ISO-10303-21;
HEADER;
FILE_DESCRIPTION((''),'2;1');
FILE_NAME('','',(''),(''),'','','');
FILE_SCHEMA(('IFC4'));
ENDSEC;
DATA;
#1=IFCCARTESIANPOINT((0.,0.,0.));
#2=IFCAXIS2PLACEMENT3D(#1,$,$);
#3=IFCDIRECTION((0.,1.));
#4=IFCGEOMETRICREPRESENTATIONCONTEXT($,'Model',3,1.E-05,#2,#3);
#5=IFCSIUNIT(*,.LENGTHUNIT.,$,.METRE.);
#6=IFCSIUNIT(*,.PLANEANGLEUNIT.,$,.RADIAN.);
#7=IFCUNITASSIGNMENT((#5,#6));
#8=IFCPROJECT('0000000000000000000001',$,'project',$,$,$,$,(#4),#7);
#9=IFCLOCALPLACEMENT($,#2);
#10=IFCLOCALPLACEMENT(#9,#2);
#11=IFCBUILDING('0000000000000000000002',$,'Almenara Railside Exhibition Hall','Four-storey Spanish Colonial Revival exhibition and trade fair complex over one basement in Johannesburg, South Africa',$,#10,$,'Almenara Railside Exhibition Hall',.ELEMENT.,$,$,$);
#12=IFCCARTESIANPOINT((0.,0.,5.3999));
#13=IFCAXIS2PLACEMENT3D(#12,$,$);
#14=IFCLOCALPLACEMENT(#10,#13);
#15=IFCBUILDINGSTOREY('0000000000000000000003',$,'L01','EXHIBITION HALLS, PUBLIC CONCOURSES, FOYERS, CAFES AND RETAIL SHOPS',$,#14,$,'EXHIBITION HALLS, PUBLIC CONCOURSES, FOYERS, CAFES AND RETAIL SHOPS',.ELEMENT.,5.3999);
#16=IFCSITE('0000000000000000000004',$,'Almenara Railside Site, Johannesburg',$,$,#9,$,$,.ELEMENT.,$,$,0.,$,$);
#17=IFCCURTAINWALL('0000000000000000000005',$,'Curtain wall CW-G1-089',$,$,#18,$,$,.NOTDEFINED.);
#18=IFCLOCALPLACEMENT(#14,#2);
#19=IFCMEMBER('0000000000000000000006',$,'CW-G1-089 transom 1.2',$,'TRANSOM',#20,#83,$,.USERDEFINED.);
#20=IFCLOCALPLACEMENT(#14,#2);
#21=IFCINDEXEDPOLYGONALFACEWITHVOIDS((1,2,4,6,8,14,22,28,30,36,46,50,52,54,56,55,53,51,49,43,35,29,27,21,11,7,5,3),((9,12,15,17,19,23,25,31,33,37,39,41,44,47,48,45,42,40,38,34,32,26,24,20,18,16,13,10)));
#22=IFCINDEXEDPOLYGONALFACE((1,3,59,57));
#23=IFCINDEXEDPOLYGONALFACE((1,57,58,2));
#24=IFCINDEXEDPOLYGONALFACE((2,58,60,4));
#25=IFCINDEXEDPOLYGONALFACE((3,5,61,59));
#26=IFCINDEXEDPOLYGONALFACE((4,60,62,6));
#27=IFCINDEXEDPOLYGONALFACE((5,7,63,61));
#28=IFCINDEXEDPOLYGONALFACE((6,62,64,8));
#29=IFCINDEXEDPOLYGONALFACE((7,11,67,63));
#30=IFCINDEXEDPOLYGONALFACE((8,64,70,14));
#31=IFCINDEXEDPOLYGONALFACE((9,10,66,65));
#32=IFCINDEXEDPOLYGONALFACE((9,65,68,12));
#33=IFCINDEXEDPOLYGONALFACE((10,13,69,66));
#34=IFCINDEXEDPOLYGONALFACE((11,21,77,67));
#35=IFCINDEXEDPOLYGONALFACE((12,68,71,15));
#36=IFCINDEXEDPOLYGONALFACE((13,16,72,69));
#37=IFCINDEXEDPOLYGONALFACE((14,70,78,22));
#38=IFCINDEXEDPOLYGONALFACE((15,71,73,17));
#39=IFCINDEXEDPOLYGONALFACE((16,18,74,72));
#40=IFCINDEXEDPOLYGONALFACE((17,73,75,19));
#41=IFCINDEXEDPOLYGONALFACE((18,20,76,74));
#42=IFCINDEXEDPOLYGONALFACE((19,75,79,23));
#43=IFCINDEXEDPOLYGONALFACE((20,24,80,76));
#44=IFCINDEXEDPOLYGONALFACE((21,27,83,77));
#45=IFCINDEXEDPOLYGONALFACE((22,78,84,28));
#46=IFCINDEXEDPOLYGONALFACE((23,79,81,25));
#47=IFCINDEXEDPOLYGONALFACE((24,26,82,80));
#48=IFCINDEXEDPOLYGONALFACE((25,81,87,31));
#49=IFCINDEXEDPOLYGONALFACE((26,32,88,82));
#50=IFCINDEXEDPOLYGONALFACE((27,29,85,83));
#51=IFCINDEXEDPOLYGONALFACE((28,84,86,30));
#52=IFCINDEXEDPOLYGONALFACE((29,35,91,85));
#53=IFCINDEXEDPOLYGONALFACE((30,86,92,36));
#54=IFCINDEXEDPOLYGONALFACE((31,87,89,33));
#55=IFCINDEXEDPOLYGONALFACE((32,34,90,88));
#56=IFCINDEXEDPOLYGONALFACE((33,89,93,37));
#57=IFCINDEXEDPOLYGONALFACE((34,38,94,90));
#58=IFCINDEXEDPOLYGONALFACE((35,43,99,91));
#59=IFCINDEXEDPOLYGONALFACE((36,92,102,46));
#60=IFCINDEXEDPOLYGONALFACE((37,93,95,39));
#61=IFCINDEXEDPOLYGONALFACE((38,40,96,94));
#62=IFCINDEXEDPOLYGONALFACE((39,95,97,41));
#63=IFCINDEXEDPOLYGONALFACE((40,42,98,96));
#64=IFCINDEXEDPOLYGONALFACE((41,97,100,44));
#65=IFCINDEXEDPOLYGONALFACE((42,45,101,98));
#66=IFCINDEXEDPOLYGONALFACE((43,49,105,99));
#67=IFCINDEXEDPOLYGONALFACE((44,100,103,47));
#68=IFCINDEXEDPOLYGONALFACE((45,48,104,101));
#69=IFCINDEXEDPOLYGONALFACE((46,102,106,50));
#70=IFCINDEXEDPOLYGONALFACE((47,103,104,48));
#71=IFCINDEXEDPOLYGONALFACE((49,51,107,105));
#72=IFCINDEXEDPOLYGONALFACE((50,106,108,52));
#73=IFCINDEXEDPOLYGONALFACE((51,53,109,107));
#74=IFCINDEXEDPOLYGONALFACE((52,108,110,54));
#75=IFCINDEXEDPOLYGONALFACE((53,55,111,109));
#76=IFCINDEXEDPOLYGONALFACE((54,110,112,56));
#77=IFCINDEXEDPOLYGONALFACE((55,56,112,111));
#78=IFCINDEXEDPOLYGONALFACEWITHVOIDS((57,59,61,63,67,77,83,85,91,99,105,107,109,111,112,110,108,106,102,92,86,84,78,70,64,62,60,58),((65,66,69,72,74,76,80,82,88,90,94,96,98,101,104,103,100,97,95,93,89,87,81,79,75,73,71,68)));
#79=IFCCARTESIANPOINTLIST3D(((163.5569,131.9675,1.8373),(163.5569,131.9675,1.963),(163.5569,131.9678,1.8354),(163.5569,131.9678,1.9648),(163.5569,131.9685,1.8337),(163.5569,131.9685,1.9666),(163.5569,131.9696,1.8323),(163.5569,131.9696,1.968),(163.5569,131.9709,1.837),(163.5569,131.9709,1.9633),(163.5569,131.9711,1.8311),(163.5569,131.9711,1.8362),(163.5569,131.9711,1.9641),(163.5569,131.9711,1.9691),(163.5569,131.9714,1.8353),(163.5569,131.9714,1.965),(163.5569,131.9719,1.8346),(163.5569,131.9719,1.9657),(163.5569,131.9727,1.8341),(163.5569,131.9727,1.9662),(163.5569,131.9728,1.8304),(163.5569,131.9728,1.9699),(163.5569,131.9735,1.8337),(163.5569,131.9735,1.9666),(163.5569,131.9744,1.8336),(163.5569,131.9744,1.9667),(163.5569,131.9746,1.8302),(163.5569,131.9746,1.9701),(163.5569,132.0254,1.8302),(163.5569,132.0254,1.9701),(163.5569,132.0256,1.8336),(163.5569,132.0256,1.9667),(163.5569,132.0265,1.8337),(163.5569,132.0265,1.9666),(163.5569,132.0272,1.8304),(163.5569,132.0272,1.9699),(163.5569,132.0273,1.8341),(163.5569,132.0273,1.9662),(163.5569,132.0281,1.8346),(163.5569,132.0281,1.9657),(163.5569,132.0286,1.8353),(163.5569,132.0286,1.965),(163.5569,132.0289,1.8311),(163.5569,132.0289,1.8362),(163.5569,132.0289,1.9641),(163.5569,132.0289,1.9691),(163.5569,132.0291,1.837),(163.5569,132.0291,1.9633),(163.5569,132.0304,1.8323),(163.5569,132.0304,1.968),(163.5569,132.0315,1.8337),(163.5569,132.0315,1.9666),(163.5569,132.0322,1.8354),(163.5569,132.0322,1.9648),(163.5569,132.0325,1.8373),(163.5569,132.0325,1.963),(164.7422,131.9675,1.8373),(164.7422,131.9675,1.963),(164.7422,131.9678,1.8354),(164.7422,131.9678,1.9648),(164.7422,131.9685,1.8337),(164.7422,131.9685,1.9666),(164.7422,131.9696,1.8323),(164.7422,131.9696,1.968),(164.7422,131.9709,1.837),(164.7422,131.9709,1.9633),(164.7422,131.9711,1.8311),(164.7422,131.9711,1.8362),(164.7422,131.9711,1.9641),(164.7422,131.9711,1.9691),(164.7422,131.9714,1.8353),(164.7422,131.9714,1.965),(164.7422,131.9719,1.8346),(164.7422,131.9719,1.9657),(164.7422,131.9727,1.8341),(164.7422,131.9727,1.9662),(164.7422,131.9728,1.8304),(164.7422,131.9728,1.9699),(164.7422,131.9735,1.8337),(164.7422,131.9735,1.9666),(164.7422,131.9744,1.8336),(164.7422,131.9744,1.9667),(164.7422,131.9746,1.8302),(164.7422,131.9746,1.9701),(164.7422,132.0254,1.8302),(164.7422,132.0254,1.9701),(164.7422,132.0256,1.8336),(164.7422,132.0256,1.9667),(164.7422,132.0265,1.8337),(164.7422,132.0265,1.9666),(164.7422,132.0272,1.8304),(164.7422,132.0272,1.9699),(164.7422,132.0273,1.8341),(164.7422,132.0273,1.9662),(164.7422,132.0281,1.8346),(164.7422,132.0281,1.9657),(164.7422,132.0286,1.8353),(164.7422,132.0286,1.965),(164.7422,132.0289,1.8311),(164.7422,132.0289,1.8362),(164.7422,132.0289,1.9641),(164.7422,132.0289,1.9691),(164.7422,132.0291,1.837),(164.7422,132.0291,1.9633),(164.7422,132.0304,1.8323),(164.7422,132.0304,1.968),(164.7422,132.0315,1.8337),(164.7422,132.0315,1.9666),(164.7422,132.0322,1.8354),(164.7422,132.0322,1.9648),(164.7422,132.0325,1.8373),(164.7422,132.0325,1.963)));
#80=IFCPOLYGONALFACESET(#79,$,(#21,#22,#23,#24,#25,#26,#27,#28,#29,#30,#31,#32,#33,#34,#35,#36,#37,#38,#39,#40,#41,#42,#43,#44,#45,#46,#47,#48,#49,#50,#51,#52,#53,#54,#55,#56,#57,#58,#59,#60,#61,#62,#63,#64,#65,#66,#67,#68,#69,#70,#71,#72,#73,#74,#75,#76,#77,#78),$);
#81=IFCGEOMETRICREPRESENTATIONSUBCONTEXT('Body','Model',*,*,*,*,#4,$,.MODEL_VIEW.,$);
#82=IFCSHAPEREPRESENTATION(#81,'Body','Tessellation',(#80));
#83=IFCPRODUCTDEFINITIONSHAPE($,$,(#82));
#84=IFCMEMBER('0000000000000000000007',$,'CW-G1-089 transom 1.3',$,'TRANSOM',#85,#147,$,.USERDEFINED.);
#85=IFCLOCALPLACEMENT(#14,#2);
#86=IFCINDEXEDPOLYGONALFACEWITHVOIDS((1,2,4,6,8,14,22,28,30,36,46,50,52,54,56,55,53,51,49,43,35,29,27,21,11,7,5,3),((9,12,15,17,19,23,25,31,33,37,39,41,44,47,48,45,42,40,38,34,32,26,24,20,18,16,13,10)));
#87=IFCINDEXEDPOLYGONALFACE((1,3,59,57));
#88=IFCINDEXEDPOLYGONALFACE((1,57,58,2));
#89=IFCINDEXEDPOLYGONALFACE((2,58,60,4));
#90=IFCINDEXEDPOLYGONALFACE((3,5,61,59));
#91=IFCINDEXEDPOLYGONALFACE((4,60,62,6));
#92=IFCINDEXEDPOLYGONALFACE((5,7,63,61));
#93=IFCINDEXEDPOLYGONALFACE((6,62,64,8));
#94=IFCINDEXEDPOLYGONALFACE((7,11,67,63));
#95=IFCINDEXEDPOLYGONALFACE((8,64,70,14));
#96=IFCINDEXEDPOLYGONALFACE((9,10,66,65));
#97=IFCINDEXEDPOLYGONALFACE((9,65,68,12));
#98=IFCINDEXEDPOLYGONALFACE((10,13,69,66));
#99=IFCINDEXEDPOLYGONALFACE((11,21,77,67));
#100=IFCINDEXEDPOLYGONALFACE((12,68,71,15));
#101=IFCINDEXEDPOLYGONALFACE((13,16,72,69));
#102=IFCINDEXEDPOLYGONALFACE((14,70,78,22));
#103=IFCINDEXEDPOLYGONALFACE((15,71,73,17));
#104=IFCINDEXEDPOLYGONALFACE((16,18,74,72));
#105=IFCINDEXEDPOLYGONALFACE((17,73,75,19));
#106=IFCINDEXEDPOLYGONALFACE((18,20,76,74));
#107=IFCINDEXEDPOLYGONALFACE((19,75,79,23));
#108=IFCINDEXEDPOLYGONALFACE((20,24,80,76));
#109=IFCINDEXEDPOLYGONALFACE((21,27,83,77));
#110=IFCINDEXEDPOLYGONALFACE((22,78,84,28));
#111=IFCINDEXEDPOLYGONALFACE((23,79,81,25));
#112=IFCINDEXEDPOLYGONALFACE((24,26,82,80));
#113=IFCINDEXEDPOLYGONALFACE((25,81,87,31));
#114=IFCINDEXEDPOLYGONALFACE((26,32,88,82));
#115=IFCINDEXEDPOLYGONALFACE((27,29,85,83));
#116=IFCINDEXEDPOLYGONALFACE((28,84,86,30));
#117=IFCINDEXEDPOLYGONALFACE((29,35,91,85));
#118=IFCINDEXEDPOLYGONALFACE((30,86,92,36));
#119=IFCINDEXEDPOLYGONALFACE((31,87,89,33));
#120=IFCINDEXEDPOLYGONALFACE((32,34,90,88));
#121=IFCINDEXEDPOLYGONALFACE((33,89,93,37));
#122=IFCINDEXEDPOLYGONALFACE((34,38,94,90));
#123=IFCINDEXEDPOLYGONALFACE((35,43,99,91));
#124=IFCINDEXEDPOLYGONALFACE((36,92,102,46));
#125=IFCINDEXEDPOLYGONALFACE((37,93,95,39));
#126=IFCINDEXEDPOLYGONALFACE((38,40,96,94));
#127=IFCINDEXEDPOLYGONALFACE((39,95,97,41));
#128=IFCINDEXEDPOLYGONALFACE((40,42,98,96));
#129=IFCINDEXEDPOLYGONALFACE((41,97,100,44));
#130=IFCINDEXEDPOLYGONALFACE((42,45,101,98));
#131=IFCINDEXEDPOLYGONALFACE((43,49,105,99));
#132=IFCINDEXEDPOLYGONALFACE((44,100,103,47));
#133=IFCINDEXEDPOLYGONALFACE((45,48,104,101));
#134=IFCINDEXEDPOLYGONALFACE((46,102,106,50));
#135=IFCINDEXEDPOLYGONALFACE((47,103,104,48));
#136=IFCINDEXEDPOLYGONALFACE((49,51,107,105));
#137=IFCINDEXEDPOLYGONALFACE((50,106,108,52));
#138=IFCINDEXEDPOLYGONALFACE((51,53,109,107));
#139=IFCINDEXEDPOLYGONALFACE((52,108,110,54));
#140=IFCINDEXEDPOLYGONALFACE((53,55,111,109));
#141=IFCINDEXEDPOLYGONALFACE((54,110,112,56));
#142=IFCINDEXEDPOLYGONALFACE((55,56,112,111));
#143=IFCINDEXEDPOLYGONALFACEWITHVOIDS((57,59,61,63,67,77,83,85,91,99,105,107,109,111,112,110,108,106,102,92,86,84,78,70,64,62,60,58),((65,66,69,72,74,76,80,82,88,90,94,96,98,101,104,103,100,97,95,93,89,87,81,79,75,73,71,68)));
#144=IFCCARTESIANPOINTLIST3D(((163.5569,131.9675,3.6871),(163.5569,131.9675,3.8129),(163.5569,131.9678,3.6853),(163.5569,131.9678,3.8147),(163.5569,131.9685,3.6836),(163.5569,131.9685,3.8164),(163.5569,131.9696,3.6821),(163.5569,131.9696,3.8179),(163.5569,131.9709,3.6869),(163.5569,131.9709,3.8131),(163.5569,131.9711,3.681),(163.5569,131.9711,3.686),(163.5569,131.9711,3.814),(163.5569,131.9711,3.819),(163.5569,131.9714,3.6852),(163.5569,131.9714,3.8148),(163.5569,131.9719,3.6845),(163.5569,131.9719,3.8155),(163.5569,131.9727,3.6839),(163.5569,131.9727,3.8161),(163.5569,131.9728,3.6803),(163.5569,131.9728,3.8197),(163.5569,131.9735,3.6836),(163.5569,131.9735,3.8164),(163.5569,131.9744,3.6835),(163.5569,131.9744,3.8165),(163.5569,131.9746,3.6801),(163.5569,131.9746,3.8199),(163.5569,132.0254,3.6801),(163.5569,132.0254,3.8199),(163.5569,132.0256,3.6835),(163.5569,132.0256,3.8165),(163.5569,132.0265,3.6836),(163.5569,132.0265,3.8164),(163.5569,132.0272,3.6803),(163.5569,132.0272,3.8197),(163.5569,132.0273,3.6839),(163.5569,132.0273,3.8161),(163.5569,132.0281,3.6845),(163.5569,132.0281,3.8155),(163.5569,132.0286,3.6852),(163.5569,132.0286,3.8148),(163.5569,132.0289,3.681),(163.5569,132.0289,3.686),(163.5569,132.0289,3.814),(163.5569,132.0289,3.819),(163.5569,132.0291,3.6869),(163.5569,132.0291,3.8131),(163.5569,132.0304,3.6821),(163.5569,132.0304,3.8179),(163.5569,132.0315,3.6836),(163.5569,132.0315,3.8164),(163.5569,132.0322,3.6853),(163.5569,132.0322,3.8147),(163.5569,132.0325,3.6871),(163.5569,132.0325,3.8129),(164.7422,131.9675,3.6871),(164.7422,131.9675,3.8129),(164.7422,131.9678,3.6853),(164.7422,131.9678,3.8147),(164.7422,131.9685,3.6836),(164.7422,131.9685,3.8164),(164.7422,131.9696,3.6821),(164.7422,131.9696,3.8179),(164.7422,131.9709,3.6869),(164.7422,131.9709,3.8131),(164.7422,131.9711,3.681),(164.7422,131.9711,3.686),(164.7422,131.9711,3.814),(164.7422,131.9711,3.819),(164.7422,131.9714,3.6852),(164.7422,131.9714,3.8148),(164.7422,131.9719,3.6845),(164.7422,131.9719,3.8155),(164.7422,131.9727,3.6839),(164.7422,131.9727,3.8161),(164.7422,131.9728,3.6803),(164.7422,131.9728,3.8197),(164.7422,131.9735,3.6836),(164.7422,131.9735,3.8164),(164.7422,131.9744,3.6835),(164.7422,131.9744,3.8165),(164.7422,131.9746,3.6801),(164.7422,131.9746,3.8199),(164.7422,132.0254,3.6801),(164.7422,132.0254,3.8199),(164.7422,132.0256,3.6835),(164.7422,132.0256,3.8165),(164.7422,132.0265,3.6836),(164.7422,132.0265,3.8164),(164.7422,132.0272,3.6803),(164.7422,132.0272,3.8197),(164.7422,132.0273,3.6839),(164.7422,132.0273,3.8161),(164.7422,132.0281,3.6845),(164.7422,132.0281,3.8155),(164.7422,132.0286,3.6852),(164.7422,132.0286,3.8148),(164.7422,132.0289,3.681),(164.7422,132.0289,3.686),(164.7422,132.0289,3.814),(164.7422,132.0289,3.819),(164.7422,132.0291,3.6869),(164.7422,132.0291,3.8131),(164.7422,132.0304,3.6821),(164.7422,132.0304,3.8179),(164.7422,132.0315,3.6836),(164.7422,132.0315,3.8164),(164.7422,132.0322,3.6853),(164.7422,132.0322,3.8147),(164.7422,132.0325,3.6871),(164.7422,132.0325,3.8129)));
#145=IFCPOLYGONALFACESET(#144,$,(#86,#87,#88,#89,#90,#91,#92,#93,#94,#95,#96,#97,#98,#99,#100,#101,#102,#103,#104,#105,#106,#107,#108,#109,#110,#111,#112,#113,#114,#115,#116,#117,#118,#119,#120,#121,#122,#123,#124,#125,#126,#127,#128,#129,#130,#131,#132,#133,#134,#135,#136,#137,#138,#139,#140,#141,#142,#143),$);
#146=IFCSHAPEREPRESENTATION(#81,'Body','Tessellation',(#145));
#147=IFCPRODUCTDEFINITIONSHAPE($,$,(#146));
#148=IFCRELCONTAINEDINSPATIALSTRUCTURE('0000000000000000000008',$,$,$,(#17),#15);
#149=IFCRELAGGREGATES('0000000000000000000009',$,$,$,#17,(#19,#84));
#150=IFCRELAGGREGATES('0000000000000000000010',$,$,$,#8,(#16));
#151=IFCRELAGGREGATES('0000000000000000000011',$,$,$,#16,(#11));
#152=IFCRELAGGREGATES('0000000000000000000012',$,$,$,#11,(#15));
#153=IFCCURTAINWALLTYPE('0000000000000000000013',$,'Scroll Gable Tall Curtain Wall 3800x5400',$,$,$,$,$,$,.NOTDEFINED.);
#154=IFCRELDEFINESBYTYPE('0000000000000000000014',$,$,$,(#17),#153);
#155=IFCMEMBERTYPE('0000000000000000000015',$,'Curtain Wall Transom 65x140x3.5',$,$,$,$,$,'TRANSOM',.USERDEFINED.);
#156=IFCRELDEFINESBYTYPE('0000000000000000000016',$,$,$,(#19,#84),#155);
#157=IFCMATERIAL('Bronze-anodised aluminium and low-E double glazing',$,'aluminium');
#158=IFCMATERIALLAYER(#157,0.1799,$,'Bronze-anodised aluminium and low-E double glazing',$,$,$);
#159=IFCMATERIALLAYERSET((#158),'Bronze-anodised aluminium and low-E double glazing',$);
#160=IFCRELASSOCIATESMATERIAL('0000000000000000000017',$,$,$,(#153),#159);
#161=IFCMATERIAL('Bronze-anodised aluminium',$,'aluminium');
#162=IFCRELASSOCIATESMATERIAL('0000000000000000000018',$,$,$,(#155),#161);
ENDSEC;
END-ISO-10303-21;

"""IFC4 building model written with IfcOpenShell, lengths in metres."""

from ifc_helpers import new_model, si_unit, direction, frame, origin, origin_2d, place, context, subcontext, project, spatial, hollow_rectangle, extrude, material, layer, layer_set, material_profile, profile_set, type_object, element, aggregate, save


model = new_model("IFC4")

# Units and contexts
model_context = context("Model", 3, precision=1e-05, world=origin(), true_north=direction((0.0, 1.0)))
body_context = subcontext(model_context, "Body", "Model", "MODEL_VIEW")
ifc_project = project(units=[si_unit("LENGTHUNIT", "METRE"), si_unit("PLANEANGLEUNIT", "RADIAN")], contexts=[model_context])

# Site, building, storey
site_placement = place(None, origin())
site = spatial("IfcSite", under=ifc_project, at=site_placement, Name="Almenara Railside Site, Johannesburg", CompositionType="ELEMENT", RefElevation=0.0)
building_placement = place(site_placement, origin())
building = spatial("IfcBuilding", under=site, at=building_placement, Name="Almenara Railside Exhibition Hall", Description="Four-storey Spanish Colonial Revival exhibition and trade fair complex over one basement in Johannesburg, South Africa", LongName="Almenara Railside Exhibition Hall", CompositionType="ELEMENT")
storey_placement = place(building_placement, frame((0.0, 0.0, 5.3999)))
storey = spatial("IfcBuildingStorey", under=building, at=storey_placement, Name="L01", Description="EXHIBITION HALLS, PUBLIC CONCOURSES, FOYERS, CAFES AND RETAIL SHOPS", LongName="EXHIBITION HALLS, PUBLIC CONCOURSES, FOYERS, CAFES AND RETAIL SHOPS", CompositionType="ELEMENT", Elevation=5.3999)

# Curtain wall
ifc_material_1 = material(Name="Bronze-anodised aluminium and low-E double glazing", Category="aluminium")
ifc_layer_1 = layer(ifc_material_1, 0.1799, Name="Bronze-anodised aluminium and low-E double glazing")
ifc_layer_set_1 = layer_set([ifc_layer_1], Name="Bronze-anodised aluminium and low-E double glazing")
curtain_wall_type = type_object("IfcCurtainWallType", Name="Scroll Gable Tall Curtain Wall 3800x5400", PredefinedType="NOTDEFINED", material=ifc_layer_set_1)
curtain_wall_1_placement = place(storey_placement, origin())
curtain_wall_1 = element("IfcCurtainWall", 1, at=curtain_wall_1_placement, inside=storey, type_object=curtain_wall_type, Name="Curtain wall CW-G1-089", PredefinedType="NOTDEFINED")
ifc_material_2 = material(Name="Bronze-anodised aluminium", Category="aluminium")

# Members
ifc_material_profile_1 = material_profile(ifc_material_2, hollow_rectangle(XDim=0.0649, YDim=0.1399, WallThickness=0.0034, InnerFilletRadius=0.0034, OuterFilletRadius=0.0071, at=origin_2d()), Name="ALU-TRN 65x140x3.5")
ifc_profile_set_1 = profile_set([ifc_material_profile_1], Name="Bronze-anodised aluminium")
member_type_1 = type_object("IfcMemberType", Name="Curtain Wall Transom 65x140x3.5", ElementType="TRANSOM", PredefinedType="USERDEFINED", material=ifc_profile_set_1)
member_1_placement = place(storey_placement, frame((163.5569, 132.0, 1.9001), z_axis=(1.0, 0.0, 0.0), x_axis=(0.0, 1.0, 0.0)))
member_1 = element("IfcMember", 2, at=member_1_placement, type_object=member_type_1, Name="CW-G1-089 transom 1.2", ObjectType="TRANSOM", PredefinedType="USERDEFINED", context=body_context, shape_type="SweptSolid", body=[
    extrude(hollow_rectangle(XDim=0.0649, YDim=0.1399, WallThickness=0.0034, InnerFilletRadius=0.0034, OuterFilletRadius=0.0071, at=origin_2d()), origin(), (0.0, 0.0, 1.0), 1.1853),
])
member_2_placement = place(storey_placement, frame((163.5569, 132.0, 3.75), z_axis=(1.0, 0.0, 0.0), x_axis=(0.0, 1.0, 0.0)))
member_2 = element("IfcMember", 3, at=member_2_placement, type_object=member_type_1, Name="CW-G1-089 transom 1.3", ObjectType="TRANSOM", PredefinedType="USERDEFINED", context=body_context, shape_type="SweptSolid", body=[
    extrude(hollow_rectangle(XDim=0.0649, YDim=0.1399, WallThickness=0.0034, InnerFilletRadius=0.0034, OuterFilletRadius=0.0071, at=origin_2d()), origin(), (0.0, 0.0, 1.0), 1.1853),
])

aggregate(curtain_wall_1, [member_1, member_2])

save(model, "model.ifc")
